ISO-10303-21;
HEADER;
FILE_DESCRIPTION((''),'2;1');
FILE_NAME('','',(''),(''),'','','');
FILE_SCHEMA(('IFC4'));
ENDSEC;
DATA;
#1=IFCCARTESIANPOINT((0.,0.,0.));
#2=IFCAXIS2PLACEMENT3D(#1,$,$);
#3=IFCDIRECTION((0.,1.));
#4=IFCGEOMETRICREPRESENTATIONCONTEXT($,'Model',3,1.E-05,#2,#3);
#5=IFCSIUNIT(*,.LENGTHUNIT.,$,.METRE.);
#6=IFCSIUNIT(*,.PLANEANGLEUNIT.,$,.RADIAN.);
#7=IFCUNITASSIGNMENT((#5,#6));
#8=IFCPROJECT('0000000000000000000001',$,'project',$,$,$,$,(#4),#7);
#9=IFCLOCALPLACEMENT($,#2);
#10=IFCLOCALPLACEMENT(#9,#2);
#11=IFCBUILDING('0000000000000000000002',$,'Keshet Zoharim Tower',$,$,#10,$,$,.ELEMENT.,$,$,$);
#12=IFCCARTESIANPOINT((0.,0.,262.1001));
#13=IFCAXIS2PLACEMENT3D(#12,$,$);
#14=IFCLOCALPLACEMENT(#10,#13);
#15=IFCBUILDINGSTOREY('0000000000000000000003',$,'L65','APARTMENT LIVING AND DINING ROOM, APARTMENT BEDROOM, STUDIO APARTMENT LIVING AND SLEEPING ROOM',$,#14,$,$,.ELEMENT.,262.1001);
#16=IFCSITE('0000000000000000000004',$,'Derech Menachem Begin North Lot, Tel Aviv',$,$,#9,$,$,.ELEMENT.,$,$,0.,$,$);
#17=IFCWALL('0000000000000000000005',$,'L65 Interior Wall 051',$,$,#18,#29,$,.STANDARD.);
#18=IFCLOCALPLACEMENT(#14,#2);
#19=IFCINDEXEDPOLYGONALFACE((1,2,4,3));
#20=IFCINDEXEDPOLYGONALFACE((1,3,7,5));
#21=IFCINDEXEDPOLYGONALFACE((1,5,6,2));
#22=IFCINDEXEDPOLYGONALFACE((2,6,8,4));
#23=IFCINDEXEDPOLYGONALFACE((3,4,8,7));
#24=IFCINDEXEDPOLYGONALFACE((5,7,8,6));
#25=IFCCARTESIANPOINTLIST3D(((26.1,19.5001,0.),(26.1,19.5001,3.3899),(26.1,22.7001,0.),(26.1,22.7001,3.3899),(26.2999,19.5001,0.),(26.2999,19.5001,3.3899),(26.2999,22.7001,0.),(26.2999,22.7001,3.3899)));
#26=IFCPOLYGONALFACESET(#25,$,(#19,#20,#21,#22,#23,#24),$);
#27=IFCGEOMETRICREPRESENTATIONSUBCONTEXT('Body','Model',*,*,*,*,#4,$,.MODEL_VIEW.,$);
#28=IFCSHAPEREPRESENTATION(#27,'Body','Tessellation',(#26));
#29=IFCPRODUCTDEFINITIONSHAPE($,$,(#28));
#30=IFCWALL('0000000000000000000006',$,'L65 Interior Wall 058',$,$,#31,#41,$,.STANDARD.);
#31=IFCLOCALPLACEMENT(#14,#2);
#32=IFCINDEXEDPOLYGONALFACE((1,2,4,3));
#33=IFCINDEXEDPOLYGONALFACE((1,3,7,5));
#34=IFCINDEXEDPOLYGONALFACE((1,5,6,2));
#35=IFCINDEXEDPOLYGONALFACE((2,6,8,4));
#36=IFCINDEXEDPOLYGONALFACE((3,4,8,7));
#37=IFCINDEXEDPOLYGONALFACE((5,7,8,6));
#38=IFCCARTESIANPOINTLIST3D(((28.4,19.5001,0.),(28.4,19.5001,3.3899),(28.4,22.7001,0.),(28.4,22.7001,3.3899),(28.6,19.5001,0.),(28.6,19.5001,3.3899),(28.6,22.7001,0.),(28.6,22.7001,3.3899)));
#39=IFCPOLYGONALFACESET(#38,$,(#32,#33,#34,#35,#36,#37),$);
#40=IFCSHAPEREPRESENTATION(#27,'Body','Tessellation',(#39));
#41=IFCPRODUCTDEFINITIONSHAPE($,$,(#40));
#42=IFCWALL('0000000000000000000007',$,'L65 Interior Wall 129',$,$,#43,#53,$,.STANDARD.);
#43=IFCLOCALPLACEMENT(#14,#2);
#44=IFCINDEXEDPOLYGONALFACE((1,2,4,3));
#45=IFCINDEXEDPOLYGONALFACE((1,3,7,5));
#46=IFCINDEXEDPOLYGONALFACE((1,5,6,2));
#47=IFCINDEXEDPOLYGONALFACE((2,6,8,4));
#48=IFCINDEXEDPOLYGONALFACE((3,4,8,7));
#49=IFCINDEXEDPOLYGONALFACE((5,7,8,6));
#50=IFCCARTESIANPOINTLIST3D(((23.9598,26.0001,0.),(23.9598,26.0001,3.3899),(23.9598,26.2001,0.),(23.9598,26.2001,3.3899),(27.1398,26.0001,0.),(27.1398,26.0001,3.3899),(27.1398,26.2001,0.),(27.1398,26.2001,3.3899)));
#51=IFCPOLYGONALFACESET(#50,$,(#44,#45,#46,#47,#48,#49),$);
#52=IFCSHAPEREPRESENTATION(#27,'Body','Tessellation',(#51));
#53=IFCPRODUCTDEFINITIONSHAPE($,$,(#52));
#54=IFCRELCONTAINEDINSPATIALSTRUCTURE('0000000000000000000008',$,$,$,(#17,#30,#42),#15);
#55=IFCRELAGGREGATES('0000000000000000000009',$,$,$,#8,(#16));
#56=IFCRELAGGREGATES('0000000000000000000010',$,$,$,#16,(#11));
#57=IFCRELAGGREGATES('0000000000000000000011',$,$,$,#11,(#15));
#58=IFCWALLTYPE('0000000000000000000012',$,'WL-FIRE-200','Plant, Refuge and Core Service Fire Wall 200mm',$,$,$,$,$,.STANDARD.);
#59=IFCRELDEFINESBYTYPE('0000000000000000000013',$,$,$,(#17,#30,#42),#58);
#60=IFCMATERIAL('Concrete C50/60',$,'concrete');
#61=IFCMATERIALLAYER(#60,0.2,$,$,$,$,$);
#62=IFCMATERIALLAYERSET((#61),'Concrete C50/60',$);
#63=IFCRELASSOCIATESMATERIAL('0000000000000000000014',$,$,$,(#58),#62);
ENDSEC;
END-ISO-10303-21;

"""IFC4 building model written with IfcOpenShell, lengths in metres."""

from ifc_helpers import new_model, si_unit, direction, frame, frame_2d, origin, place, context, subcontext, project, spatial, rectangle, extrude, material, layer, layer_set, type_object, element, save


model = new_model("IFC4")

# Units and contexts
model_context = context("Model", 3, precision=1e-05, world=origin(), true_north=direction((0.0, 1.0)))
body_context = subcontext(model_context, "Body", "Model", "MODEL_VIEW")
ifc_project = project(units=[si_unit("LENGTHUNIT", "METRE"), si_unit("PLANEANGLEUNIT", "RADIAN")], contexts=[model_context])

# Site, building, storey
site_placement = place(None, origin())
site = spatial("IfcSite", under=ifc_project, at=site_placement, Name="Derech Menachem Begin North Lot, Tel Aviv", CompositionType="ELEMENT", RefElevation=0.0)
building_placement = place(site_placement, origin())
building = spatial("IfcBuilding", under=site, at=building_placement, Name="Keshet Zoharim Tower", CompositionType="ELEMENT")
storey_placement = place(building_placement, frame((0.0, 0.0, 262.1001)))
storey = spatial("IfcBuildingStorey", under=building, at=storey_placement, Name="L65", Description="APARTMENT LIVING AND DINING ROOM, APARTMENT BEDROOM, STUDIO APARTMENT LIVING AND SLEEPING ROOM", CompositionType="ELEMENT", Elevation=262.1001)

# Shared definitions
ifc_material_1 = material(Name="Concrete C50/60", Category="concrete")

# Walls
ifc_layer_1 = layer(ifc_material_1, 0.2)
ifc_layer_set_1 = layer_set([ifc_layer_1], Name="Concrete C50/60")
wall_type_1 = type_object("IfcWallType", Name="WL-FIRE-200", Description="Plant, Refuge and Core Service Fire Wall 200mm", PredefinedType="STANDARD", material=ifc_layer_set_1)
for number, where, z_axis, x_axis, name in (
    (1, (26.2, 19.5, 0.0), (0.0, 0.0, 1.0), (0.0, 1.0, 0.0), "L65 Interior Wall 051"),
    (2, (28.5, 19.5, 0.0), (0.0, 0.0, 1.0), (0.0, 1.0, 0.0), "L65 Interior Wall 058"),
):
    element("IfcWall", number, at=place(storey_placement, frame(where, z_axis=z_axis, x_axis=x_axis)), inside=storey, type_object=wall_type_1, Name=name, PredefinedType="STANDARD", context=body_context, shape_type="SweptSolid", body=[
        extrude(rectangle(XDim=3.2, YDim=0.2, at=frame_2d((1.6001, 0.0))), origin(), (0.0, 0.0, 1.0), 3.3899),
    ])

# Wall
wall_1_placement = place(storey_placement, frame((23.96, 26.1001, 0.0), z_axis=(0.0, 0.0, 1.0), x_axis=(1.0, 0.0, 0.0)))
element("IfcWall", 3, at=wall_1_placement, inside=storey, type_object=wall_type_1, Name="L65 Interior Wall 129", PredefinedType="STANDARD", context=body_context, shape_type="SweptSolid", body=[
    extrude(rectangle(XDim=3.1799, YDim=0.2, at=frame_2d((1.5898, 0.0))), origin(), (0.0, 0.0, 1.0), 3.3899),
])

save(model, "model.ifc")
